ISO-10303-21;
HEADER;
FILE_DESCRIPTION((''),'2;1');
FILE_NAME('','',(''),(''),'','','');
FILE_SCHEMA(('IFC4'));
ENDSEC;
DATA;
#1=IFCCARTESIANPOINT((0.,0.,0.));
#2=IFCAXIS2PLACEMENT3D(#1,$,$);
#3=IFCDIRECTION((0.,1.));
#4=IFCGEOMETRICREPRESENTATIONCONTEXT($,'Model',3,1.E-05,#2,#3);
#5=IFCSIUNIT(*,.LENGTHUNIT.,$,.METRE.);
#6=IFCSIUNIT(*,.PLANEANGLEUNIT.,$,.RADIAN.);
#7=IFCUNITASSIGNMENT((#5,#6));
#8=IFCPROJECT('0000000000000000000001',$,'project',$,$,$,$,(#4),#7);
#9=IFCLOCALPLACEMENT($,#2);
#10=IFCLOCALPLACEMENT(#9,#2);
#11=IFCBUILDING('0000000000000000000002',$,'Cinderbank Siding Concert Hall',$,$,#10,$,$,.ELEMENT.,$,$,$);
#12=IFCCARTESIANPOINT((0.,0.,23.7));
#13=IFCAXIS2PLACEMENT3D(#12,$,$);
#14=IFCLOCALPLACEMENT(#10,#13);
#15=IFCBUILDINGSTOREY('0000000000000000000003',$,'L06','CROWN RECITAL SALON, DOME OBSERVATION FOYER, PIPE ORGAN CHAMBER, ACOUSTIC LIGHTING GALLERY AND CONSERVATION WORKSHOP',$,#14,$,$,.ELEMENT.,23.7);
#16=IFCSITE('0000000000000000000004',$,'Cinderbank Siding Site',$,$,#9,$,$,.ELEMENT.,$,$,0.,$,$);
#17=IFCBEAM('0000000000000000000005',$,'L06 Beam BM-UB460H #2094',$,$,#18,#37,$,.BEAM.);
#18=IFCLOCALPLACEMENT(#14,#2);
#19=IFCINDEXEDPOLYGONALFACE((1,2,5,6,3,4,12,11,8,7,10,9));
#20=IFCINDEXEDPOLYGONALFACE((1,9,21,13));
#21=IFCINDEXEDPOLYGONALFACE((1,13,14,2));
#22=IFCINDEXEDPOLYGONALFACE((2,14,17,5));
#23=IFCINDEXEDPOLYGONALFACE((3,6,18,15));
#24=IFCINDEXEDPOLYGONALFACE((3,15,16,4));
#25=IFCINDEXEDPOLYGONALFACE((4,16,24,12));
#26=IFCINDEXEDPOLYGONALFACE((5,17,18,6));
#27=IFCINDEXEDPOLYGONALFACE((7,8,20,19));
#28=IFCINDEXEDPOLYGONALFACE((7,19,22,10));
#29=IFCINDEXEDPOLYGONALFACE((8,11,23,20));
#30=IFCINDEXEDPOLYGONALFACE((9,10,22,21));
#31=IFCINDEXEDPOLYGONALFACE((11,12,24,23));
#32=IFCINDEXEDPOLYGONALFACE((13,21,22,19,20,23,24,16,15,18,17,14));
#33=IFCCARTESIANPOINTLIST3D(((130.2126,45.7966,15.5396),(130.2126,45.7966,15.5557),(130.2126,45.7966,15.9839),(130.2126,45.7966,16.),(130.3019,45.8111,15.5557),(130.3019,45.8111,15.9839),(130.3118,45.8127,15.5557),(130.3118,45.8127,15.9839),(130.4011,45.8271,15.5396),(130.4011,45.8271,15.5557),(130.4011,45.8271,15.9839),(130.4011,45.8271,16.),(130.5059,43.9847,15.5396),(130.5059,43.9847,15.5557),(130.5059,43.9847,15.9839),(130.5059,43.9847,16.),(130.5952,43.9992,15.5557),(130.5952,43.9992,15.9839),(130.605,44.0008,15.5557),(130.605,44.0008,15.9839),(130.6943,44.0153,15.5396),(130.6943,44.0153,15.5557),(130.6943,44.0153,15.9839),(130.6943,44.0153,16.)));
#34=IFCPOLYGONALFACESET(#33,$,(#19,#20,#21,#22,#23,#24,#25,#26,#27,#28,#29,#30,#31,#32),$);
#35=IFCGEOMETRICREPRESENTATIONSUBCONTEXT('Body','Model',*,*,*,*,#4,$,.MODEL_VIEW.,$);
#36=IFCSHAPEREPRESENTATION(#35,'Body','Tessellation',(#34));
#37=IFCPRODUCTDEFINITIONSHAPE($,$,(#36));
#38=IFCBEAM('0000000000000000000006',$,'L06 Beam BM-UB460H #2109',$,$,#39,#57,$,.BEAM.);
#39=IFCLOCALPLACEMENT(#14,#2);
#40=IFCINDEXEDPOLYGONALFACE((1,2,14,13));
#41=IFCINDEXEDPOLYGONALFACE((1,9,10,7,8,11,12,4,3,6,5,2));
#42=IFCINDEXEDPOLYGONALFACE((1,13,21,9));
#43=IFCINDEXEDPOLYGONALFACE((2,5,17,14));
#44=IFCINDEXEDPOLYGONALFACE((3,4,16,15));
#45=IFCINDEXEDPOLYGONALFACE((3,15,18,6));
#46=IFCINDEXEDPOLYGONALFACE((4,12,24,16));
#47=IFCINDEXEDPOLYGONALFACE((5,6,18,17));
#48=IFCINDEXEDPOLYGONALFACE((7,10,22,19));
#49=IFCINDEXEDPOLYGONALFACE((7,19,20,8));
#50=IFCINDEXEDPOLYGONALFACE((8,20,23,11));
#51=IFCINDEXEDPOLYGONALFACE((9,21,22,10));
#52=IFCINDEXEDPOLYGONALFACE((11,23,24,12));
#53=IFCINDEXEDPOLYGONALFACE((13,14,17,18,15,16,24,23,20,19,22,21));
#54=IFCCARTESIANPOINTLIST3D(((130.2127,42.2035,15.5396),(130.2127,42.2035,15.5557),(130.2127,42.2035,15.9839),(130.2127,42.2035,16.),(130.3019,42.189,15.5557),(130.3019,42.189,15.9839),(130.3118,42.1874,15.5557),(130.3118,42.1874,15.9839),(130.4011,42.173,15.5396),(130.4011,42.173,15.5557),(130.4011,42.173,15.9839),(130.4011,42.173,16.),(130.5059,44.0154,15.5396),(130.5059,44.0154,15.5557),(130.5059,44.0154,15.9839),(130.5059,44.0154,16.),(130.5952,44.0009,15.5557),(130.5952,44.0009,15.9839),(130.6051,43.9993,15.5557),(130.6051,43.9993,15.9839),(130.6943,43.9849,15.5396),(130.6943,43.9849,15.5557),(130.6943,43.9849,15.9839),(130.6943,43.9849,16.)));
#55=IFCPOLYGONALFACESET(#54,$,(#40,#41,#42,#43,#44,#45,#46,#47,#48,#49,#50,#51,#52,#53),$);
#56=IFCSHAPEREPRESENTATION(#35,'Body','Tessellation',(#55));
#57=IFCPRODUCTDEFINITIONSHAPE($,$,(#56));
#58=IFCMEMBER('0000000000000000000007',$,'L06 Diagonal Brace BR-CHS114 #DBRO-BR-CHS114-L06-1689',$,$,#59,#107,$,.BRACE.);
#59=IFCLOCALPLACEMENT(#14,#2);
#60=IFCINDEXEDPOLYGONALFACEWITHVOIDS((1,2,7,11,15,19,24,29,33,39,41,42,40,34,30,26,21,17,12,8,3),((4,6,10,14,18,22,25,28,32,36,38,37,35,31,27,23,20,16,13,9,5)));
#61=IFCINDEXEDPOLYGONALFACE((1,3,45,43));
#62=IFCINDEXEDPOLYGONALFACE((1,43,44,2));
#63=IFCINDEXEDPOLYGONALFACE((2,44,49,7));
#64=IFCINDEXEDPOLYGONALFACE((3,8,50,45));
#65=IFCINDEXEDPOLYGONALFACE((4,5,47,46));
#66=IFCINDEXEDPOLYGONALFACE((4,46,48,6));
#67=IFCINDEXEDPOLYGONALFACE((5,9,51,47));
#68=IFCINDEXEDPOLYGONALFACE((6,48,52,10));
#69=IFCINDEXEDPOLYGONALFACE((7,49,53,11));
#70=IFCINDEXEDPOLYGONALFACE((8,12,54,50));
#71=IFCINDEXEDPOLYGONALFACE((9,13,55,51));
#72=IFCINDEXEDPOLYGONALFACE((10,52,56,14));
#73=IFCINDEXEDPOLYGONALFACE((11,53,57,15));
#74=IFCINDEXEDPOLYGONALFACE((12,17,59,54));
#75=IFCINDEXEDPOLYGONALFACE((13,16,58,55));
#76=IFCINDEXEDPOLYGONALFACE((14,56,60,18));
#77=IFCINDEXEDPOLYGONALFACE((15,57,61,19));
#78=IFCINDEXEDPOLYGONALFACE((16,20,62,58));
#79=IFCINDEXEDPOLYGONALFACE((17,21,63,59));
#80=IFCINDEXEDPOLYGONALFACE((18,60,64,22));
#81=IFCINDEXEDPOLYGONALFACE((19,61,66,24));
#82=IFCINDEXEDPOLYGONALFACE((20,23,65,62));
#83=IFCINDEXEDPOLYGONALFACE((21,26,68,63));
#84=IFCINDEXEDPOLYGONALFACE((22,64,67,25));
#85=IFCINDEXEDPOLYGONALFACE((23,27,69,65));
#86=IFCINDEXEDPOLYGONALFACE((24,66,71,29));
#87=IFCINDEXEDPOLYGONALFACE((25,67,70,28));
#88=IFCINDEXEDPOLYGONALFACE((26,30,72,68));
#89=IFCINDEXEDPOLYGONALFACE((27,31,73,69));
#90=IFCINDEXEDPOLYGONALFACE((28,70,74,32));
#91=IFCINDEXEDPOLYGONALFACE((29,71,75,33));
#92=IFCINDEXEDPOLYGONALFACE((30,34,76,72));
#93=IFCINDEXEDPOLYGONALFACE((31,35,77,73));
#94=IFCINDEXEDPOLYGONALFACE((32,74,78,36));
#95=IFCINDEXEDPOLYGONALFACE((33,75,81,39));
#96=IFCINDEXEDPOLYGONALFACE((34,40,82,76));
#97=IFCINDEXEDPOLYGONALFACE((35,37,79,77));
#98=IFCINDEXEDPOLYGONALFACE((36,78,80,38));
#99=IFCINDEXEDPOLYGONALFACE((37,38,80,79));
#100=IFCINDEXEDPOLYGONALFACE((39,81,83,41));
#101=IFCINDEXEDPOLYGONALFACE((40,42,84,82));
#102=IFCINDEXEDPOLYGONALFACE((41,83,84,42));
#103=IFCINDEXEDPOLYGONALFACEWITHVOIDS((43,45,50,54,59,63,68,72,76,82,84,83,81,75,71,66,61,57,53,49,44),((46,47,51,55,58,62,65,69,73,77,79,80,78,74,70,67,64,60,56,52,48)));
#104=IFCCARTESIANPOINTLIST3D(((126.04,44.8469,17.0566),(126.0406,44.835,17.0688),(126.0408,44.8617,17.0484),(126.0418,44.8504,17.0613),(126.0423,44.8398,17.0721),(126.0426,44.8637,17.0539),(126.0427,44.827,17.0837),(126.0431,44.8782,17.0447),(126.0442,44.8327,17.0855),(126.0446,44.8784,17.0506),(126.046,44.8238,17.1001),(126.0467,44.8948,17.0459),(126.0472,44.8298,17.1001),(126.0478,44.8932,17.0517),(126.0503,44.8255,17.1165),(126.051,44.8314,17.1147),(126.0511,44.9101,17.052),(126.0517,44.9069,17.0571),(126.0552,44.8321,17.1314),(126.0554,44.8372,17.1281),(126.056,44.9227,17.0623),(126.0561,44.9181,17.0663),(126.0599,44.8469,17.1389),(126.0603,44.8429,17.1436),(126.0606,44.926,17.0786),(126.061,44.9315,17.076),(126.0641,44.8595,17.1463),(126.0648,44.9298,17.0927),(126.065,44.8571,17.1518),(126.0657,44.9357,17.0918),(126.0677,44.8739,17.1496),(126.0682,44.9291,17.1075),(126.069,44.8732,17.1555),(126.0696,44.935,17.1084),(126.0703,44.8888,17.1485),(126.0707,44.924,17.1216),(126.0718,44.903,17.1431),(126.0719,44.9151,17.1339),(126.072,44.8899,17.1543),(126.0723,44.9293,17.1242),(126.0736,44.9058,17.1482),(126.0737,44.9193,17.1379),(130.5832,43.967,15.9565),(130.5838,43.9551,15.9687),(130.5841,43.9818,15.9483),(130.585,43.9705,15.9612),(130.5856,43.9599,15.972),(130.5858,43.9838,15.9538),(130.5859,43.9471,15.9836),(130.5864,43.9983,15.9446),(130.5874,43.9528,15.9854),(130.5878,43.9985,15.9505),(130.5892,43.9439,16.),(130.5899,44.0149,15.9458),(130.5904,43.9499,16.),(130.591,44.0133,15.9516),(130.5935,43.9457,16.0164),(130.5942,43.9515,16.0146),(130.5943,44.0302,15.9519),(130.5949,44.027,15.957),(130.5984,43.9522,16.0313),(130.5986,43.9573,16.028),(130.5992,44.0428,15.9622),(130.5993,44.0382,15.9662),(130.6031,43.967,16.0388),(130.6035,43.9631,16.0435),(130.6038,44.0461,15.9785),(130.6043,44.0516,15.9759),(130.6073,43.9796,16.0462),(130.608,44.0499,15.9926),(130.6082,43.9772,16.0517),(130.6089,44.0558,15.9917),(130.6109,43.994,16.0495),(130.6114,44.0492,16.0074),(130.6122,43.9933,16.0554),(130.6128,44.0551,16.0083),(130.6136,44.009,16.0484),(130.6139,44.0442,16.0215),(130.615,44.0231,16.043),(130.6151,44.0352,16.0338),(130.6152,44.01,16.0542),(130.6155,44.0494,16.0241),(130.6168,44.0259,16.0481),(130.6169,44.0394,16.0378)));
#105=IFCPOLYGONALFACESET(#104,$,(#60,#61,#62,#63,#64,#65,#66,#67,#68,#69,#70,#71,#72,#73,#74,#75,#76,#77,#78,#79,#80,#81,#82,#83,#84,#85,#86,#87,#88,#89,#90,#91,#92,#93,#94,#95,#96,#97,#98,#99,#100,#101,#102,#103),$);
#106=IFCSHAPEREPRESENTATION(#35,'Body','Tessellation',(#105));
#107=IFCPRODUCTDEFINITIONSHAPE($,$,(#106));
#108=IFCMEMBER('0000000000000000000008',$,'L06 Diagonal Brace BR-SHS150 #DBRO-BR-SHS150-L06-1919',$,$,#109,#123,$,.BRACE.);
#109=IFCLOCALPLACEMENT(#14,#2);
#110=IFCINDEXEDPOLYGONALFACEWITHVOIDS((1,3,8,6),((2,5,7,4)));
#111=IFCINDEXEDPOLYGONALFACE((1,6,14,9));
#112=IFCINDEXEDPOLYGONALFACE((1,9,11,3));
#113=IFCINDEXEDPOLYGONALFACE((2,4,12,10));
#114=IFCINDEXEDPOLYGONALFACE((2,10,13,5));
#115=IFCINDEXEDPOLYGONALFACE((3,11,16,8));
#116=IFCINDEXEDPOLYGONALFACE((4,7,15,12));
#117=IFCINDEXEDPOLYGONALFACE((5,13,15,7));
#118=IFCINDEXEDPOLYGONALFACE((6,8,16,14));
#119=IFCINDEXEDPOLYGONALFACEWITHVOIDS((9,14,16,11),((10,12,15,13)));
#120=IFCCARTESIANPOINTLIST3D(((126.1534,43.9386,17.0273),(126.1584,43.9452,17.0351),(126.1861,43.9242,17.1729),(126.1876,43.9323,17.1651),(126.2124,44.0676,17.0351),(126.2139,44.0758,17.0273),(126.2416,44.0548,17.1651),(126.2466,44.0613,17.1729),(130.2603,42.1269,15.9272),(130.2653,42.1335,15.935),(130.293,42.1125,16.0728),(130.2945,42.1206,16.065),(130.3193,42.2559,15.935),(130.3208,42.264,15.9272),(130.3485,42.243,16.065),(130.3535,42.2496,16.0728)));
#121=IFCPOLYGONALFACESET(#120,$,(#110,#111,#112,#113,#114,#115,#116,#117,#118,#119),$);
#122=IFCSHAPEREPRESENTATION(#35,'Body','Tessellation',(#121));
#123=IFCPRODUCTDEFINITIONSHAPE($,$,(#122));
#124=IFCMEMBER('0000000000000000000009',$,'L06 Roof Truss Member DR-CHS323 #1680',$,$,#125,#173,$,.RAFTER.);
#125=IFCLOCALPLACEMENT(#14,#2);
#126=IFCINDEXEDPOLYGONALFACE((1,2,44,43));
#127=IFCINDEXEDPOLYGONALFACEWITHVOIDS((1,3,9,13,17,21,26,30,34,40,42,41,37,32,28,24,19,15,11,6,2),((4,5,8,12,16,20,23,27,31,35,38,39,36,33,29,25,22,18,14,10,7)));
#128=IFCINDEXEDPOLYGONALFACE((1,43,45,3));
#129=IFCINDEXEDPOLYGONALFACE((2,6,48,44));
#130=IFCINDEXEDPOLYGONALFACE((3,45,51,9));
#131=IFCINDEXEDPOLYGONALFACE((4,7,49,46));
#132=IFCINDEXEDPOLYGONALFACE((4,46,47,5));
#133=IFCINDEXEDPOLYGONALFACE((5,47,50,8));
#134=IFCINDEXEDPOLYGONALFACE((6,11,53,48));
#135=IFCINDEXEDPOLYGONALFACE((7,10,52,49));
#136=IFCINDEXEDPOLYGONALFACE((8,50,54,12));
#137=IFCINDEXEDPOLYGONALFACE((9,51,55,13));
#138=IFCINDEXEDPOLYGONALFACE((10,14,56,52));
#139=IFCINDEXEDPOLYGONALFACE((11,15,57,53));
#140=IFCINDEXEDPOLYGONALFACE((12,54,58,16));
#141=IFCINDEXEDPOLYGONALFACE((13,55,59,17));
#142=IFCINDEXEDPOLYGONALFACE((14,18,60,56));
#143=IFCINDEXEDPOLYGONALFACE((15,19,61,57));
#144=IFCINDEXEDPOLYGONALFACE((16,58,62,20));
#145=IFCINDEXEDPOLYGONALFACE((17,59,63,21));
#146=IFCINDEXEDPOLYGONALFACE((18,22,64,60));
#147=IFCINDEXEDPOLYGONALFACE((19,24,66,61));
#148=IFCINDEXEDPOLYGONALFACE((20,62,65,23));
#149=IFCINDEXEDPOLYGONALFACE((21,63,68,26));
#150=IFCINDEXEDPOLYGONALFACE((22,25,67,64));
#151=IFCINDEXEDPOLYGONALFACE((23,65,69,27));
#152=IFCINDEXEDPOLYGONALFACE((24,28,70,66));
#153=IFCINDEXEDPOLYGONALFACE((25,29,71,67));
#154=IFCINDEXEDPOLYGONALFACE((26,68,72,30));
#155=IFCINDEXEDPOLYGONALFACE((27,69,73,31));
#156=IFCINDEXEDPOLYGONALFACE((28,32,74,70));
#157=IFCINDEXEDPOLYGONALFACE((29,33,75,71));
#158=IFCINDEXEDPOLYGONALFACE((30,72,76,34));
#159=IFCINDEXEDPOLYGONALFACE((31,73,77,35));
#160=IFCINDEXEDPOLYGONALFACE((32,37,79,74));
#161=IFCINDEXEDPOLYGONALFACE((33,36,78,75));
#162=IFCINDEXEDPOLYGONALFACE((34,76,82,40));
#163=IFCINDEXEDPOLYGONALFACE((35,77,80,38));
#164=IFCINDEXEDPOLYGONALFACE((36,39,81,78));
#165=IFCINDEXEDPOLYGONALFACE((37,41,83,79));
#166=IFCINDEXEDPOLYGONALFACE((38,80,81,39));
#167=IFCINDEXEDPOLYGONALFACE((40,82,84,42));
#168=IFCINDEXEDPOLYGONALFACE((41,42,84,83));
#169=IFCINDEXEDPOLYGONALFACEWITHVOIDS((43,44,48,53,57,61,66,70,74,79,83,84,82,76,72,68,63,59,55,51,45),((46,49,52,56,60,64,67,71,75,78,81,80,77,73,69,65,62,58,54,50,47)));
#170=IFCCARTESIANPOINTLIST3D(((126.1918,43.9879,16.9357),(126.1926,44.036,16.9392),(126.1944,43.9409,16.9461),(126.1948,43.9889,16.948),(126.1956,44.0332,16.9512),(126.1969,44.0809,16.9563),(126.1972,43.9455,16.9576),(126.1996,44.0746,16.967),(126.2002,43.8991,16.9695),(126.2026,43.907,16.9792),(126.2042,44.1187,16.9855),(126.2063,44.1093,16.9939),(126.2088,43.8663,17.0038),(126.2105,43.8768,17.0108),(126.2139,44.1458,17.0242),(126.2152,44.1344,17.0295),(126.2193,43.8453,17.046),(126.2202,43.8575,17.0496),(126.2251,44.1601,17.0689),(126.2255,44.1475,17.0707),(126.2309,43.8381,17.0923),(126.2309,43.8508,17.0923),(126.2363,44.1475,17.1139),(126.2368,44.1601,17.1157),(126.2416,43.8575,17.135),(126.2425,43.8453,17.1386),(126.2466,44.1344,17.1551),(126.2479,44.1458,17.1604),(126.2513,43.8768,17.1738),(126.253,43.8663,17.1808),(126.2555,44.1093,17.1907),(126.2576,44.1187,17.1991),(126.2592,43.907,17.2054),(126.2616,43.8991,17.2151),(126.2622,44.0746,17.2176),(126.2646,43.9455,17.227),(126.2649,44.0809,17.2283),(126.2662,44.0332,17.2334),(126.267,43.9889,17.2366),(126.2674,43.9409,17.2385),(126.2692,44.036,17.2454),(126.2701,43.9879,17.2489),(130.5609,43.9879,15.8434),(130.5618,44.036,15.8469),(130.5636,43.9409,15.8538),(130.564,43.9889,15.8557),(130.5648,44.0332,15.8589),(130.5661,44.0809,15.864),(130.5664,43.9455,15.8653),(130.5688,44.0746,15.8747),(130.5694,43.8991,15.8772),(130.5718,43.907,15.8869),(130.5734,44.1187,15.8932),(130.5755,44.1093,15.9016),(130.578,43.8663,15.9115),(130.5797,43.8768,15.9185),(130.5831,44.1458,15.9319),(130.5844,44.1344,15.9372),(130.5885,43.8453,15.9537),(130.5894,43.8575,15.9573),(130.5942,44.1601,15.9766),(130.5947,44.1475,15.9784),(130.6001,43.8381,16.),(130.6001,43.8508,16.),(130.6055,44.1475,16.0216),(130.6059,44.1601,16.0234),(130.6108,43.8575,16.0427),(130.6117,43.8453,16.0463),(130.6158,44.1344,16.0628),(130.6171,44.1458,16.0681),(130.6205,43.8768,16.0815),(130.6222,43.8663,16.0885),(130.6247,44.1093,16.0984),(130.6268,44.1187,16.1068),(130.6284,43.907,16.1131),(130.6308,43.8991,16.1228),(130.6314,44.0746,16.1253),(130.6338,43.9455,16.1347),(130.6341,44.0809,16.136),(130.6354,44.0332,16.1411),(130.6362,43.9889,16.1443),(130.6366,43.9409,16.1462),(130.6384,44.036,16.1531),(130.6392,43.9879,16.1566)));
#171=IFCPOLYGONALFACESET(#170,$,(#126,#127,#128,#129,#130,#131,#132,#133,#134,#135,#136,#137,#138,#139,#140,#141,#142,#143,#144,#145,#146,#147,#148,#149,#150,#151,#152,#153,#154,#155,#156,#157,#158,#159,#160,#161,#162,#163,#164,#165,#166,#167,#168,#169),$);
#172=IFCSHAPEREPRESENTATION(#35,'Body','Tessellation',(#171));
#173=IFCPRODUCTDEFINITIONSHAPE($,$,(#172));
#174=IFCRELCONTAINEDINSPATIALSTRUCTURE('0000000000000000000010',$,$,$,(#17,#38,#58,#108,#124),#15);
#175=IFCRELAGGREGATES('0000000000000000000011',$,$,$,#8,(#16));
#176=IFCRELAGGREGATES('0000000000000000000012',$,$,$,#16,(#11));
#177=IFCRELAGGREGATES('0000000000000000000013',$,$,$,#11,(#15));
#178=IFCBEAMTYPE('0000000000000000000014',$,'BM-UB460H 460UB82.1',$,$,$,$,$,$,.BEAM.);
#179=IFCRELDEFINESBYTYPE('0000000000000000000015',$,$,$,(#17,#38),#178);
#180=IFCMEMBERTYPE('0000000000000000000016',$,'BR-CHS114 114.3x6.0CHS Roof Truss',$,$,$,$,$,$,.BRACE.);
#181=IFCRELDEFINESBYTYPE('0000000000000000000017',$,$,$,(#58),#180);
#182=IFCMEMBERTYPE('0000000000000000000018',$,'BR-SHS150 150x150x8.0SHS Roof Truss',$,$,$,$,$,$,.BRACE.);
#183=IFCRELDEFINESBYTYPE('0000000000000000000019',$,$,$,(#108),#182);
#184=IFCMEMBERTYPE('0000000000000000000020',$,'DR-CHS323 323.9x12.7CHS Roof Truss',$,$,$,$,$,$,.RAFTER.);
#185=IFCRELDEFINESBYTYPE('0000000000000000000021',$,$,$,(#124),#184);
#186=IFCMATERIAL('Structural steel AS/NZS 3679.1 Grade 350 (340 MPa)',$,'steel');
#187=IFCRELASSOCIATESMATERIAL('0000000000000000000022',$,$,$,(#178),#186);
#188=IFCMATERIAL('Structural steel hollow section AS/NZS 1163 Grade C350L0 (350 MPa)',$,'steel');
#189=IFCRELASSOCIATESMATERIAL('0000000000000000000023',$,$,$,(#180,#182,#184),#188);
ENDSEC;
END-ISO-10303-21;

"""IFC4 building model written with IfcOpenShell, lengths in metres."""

from ifc_helpers import new_model, si_unit, direction, frame, origin, origin_2d, place, context, subcontext, project, spatial, hollow_rectangle, hollow_circle, i_section, extrude, material, material_profile, profile_set, type_object, element, save


model = new_model("IFC4")

# Units and contexts
model_context = context("Model", 3, precision=1e-05, world=origin(), true_north=direction((0.0, 1.0)))
body_context = subcontext(model_context, "Body", "Model", "MODEL_VIEW")
ifc_project = project(units=[si_unit("LENGTHUNIT", "METRE"), si_unit("PLANEANGLEUNIT", "RADIAN")], contexts=[model_context])

# Site, building, storey
site_placement = place(None, origin())
site = spatial("IfcSite", under=ifc_project, at=site_placement, Name="Cinderbank Siding Site", CompositionType="ELEMENT", RefElevation=0.0)
building_placement = place(site_placement, origin())
building = spatial("IfcBuilding", under=site, at=building_placement, Name="Cinderbank Siding Concert Hall", CompositionType="ELEMENT")
storey_placement = place(building_placement, frame((0.0, 0.0, 23.7)))
storey = spatial("IfcBuildingStorey", under=building, at=storey_placement, Name="L06", Description="CROWN RECITAL SALON, DOME OBSERVATION FOYER, PIPE ORGAN CHAMBER, ACOUSTIC LIGHTING GALLERY AND CONSERVATION WORKSHOP", CompositionType="ELEMENT", Elevation=23.7)

# Beams
ifc_material_1 = material(Name="Structural steel AS/NZS 3679.1 Grade 350 (340 MPa)", Category="steel")
ifc_material_profile_1 = material_profile(ifc_material_1, i_section(OverallWidth=0.1909, OverallDepth=0.4604, WebThickness=0.01, FlangeThickness=0.0161, at=origin_2d()), Name="460UB82.1", Category="LoadBearing")
ifc_profile_set_1 = profile_set([ifc_material_profile_1], Name="Structural steel AS/NZS 3679.1 Grade 350 (340 MPa)")
beam_type = type_object("IfcBeamType", Name="BM-UB460H 460UB82.1", PredefinedType="BEAM", material=ifc_profile_set_1)
for number, where, z_axis, x_axis, name in (
    (1, (130.6001, 44.0, 15.7698), (-0.159759, 0.987156, 0.0), (-0.987156, -0.159759, 0.0), "L06 Beam BM-UB460H #2094"),
    (2, (130.3069, 42.1882, 15.7698), (0.159759, 0.987156, 0.0), (-0.987156, 0.159759, 0.0), "L06 Beam BM-UB460H #2109"),
):
    element("IfcBeam", number, at=place(storey_placement, frame(where, z_axis=z_axis, x_axis=x_axis)), inside=storey, type_object=beam_type, Name=name, PredefinedType="BEAM", context=body_context, shape_type="SweptSolid", body=[
        extrude(i_section(OverallWidth=0.1909, OverallDepth=0.4604, WebThickness=0.01, FlangeThickness=0.0161, at=origin_2d()), origin(), (0.0, 0.0, 1.0), 1.8354),
    ])

# Members
ifc_material_2 = material(Name="Structural steel hollow section AS/NZS 1163 Grade C350L0 (350 MPa)", Category="steel")
ifc_material_profile_2 = material_profile(ifc_material_2, hollow_circle(Radius=0.0571, WallThickness=0.0061, at=origin_2d()), Name="114.3x6.0CHS", Category="LoadBearing")
ifc_profile_set_2 = profile_set([ifc_material_profile_2], Name="Structural steel hollow section AS/NZS 1163 Grade C350L0 (350 MPa)")
member_type_1 = type_object("IfcMemberType", Name="BR-CHS114 114.3x6.0CHS Roof Truss", PredefinedType="BRACE", material=ifc_profile_set_2)
member_1_placement = place(storey_placement, frame((130.6001, 44.0, 16.0), z_axis=(-0.95514, 0.184982, 0.231278), x_axis=(-0.190137, -0.981758, 0.0)))
element("IfcMember", 3, at=member_1_placement, inside=storey, type_object=member_type_1, Name="L06 Diagonal Brace BR-CHS114 #DBRO-BR-CHS114-L06-1689", PredefinedType="BRACE", context=body_context, shape_type="SweptSolid", body=[
    extrude(hollow_circle(Radius=0.0571, WallThickness=0.0061, at=origin_2d()), origin(), (0.0, 0.0, 1.0), 4.7566),
])
ifc_material_profile_3 = material_profile(ifc_material_2, hollow_rectangle(XDim=0.1499, YDim=0.1499, WallThickness=0.0081, at=origin_2d()), Name="150x150x8.0SHS", Category="LoadBearing")
ifc_profile_set_3 = profile_set([ifc_material_profile_3], Name="Structural steel hollow section AS/NZS 1163 Grade C350L0 (350 MPa)")
member_type_2 = type_object("IfcMemberType", Name="BR-SHS150 150x150x8.0SHS Roof Truss", PredefinedType="BRACE", material=ifc_profile_set_3)
member_2_placement = place(storey_placement, frame((130.3069, 42.1882, 16.0), z_axis=(-0.88863, 0.392018, 0.238032), x_axis=(-0.403619, -0.914927, 0.0)))
element("IfcMember", 4, at=member_2_placement, inside=storey, type_object=member_type_2, Name="L06 Diagonal Brace BR-SHS150 #DBRO-BR-SHS150-L06-1919", PredefinedType="BRACE", context=body_context, shape_type="SweptSolid", body=[
    extrude(hollow_rectangle(XDim=0.1499, YDim=0.1499, WallThickness=0.0081, at=origin_2d()), origin(), (0.0, 0.0, 1.0), 4.6216),
])
ifc_material_profile_4 = material_profile(ifc_material_2, hollow_circle(Radius=0.1619, WallThickness=0.0127, at=origin_2d()), Name="323.9x12.7CHS", Category="LoadBearing")
ifc_profile_set_4 = profile_set([ifc_material_profile_4], Name="Structural steel hollow section AS/NZS 1163 Grade C350L0 (350 MPa)")
member_type_3 = type_object("IfcMemberType", Name="DR-CHS323 323.9x12.7CHS Roof Truss", PredefinedType="RAFTER", material=ifc_profile_set_4)
member_3_placement = place(storey_placement, frame((130.6001, 44.0, 16.0), z_axis=(-0.970143, 0.0, 0.242536), x_axis=(0.0, -1.0, 0.0)))
element("IfcMember", 5, at=member_3_placement, inside=storey, type_object=member_type_3, Name="L06 Roof Truss Member DR-CHS323 #1680", PredefinedType="RAFTER", context=body_context, shape_type="SweptSolid", body=[
    extrude(hollow_circle(Radius=0.1619, WallThickness=0.0127, at=origin_2d()), origin(), (0.0, 0.0, 1.0), 4.5037),
])

save(model, "model.ifc")
